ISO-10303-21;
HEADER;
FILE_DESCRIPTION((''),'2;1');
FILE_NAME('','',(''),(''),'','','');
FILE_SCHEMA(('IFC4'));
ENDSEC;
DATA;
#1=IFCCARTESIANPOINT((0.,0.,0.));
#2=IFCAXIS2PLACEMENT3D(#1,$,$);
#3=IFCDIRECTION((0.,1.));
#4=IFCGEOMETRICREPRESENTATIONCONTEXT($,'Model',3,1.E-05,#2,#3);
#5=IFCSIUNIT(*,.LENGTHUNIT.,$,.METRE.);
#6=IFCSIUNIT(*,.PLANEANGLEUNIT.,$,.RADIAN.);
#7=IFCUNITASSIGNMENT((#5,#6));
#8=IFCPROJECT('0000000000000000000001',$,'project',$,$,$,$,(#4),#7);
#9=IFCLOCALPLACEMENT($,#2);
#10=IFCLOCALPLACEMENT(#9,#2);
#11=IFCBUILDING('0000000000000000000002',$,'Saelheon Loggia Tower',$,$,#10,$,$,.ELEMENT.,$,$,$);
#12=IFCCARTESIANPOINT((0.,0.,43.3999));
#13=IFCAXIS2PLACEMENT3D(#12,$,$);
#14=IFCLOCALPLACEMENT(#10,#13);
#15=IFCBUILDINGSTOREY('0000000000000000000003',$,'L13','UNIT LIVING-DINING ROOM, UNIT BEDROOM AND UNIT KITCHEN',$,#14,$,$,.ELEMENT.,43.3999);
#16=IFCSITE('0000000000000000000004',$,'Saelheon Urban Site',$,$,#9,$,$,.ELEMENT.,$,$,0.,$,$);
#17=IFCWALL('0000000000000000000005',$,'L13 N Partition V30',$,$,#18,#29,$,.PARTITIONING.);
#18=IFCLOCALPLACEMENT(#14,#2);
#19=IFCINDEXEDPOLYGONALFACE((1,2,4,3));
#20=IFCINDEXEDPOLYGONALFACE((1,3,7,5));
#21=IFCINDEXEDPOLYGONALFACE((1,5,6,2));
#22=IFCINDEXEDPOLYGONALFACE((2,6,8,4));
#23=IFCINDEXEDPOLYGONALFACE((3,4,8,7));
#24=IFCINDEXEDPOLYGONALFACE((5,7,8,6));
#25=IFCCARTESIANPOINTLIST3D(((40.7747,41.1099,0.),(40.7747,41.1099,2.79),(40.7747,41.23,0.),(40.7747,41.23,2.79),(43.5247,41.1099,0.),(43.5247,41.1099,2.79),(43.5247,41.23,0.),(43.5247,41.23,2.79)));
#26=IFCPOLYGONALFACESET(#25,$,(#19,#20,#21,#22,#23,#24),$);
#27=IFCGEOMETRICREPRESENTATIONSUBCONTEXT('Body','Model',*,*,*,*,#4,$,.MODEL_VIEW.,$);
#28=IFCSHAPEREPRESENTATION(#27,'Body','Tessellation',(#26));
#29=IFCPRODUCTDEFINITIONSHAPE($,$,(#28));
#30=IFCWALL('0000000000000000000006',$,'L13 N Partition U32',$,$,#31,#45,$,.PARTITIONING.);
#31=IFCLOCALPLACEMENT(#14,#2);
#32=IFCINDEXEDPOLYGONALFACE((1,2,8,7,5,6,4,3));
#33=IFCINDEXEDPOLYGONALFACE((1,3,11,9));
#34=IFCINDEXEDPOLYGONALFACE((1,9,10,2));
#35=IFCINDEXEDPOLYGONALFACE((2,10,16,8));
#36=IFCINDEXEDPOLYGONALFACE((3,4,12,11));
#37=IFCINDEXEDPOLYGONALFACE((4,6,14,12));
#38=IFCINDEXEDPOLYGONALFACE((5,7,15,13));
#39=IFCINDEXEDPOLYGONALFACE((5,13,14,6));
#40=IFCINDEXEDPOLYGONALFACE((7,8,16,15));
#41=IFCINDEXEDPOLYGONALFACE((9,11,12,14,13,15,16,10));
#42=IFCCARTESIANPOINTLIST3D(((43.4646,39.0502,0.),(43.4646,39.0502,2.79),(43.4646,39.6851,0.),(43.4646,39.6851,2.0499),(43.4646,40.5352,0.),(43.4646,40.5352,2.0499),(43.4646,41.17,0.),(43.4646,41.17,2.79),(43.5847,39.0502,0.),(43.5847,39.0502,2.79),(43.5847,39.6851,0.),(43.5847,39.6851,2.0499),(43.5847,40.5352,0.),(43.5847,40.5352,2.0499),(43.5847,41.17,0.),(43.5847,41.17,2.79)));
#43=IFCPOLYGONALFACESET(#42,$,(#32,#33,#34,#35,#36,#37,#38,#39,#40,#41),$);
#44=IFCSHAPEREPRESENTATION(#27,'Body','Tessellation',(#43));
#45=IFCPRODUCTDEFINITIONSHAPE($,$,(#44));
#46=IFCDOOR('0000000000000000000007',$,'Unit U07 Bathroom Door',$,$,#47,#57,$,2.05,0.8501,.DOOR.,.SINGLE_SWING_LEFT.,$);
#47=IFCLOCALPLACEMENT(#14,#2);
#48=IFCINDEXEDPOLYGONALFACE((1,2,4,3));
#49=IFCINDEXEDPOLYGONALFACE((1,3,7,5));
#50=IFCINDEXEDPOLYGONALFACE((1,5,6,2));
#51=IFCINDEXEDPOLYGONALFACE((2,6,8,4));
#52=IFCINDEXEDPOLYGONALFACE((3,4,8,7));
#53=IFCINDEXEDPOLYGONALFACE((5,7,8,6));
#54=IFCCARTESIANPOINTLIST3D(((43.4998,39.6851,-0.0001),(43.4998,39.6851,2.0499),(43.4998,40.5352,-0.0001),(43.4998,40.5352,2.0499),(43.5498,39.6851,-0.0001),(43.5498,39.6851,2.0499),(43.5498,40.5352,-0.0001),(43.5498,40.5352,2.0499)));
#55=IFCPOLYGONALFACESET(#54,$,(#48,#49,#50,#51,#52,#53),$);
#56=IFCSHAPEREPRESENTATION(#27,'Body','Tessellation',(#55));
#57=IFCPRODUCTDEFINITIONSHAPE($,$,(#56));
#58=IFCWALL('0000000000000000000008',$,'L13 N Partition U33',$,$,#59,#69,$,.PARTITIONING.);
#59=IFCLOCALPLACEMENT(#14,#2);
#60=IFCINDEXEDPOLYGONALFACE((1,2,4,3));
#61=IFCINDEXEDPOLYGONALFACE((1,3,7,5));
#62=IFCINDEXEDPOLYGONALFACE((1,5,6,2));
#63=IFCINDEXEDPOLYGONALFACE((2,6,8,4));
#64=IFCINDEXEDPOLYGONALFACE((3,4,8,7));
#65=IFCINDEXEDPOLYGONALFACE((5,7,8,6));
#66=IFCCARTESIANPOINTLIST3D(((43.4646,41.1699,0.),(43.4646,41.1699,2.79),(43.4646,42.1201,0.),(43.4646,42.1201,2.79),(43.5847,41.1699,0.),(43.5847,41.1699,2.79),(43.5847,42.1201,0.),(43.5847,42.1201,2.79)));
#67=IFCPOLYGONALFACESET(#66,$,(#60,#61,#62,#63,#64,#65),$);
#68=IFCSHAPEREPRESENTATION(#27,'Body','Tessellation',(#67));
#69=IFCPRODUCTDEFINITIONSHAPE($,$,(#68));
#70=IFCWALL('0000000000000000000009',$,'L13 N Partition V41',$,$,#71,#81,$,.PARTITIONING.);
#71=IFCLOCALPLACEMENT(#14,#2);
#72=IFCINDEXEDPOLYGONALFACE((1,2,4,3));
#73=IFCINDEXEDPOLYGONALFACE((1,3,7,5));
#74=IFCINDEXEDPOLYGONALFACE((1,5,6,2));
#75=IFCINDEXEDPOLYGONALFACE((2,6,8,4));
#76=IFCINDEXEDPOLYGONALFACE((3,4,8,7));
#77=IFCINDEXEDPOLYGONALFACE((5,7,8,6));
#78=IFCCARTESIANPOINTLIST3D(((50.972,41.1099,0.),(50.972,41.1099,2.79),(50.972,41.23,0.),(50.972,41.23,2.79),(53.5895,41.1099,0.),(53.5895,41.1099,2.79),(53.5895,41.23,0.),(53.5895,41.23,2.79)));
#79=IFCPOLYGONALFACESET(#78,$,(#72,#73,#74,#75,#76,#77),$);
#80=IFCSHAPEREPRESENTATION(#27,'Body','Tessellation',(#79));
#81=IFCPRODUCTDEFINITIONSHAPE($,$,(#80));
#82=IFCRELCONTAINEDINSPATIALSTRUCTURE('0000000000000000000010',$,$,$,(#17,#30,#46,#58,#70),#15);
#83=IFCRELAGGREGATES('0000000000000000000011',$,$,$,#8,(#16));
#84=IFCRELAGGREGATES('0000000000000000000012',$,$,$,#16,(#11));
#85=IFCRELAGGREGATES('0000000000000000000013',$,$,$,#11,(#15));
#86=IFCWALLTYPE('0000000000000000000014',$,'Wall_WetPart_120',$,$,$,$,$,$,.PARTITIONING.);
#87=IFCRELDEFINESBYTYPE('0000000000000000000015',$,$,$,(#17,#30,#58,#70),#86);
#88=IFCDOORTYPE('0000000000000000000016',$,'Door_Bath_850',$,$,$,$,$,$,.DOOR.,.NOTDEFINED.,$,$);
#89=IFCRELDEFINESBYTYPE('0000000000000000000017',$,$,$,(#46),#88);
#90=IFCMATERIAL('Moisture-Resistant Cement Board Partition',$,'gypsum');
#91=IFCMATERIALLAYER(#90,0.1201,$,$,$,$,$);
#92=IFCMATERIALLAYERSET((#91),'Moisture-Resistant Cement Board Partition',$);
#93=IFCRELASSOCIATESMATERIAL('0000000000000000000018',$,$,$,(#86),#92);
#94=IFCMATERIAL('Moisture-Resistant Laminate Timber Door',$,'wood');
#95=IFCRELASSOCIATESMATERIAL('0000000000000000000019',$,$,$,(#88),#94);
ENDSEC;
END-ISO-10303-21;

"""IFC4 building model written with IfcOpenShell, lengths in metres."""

from ifc_helpers import new_model, si_unit, direction, frame, frame_2d, origin, place, context, subcontext, project, spatial, rectangle, extrude, source, transform, mapped, material, layer, layer_set, type_object, element, fill, save


model = new_model("IFC4")

# Units and contexts
model_context = context("Model", 3, precision=1e-05, world=origin(), true_north=direction((0.0, 1.0)))
body_context = subcontext(model_context, "Body", "Model", "MODEL_VIEW")
ifc_project = project(units=[si_unit("LENGTHUNIT", "METRE"), si_unit("PLANEANGLEUNIT", "RADIAN")], contexts=[model_context])

# Site, building, storey
site_placement = place(None, origin())
site = spatial("IfcSite", under=ifc_project, at=site_placement, Name="Saelheon Urban Site", CompositionType="ELEMENT", RefElevation=0.0)
building_placement = place(site_placement, origin())
building = spatial("IfcBuilding", under=site, at=building_placement, Name="Saelheon Loggia Tower", CompositionType="ELEMENT")
storey_placement = place(building_placement, frame((0.0, 0.0, 43.3999)))
storey = spatial("IfcBuildingStorey", under=building, at=storey_placement, Name="L13", Description="UNIT LIVING-DINING ROOM, UNIT BEDROOM AND UNIT KITCHEN", CompositionType="ELEMENT", Elevation=43.3999)

# Wall
ifc_material_1 = material(Name="Moisture-Resistant Cement Board Partition", Category="gypsum")
ifc_layer_1 = layer(ifc_material_1, 0.1201)
ifc_layer_set_1 = layer_set([ifc_layer_1], Name="Moisture-Resistant Cement Board Partition")
wall_type_1 = type_object("IfcWallType", Name="Wall_WetPart_120", PredefinedType="PARTITIONING", material=ifc_layer_set_1)
wall_1_placement = place(storey_placement, frame((40.7747, 41.1699, 0.0), z_axis=(0.0, 0.0, 1.0), x_axis=(1.0, 0.0, 0.0)))
element("IfcWall", 1, at=wall_1_placement, inside=storey, type_object=wall_type_1, Name="L13 N Partition V30", PredefinedType="PARTITIONING", context=body_context, shape_type="SweptSolid", body=[
    extrude(rectangle(XDim=2.75, YDim=0.1201, at=frame_2d((1.375, 0.0))), origin(), (0.0, 0.0, 1.0), 2.79),
])

# Wall, opening, door
wall_2_placement = place(storey_placement, frame((43.5247, 39.05, 0.0), z_axis=(0.0, 0.0, 1.0), x_axis=(0.0, 1.0, 0.0)))
wall_2 = element("IfcWall", 2, at=wall_2_placement, inside=storey, type_object=wall_type_1, Name="L13 N Partition U32", PredefinedType="PARTITIONING", context=body_context, shape_type="SweptSolid", body=[
    extrude(rectangle(XDim=2.1199, YDim=0.1201, at=frame_2d((1.0601, 0.0))), origin(), (0.0, 0.0, 1.0), 2.79),
])
opening_1_placement = place(wall_2_placement, frame((0.635, 0.0, 0.0)))
opening_1 = element("IfcOpeningElement", 3, at=opening_1_placement, cuts=wall_2, PredefinedType="OPENING", context=body_context, shape_type="SweptSolid", body=[
    extrude(rectangle(XDim=0.8501, YDim=2.05, at=frame_2d((0.425, 1.0249))), frame((0.0, 0.072, 0.0), z_axis=(0.0, -1.0, 0.0), x_axis=(1.0, 0.0, 0.0)), (0.0, 0.0, 1.0), 0.144),
])
ifc_material_2 = material(Name="Moisture-Resistant Laminate Timber Door", Category="wood")
door_type_1 = type_object("IfcDoorType", Name="Door_Bath_850", OperationType="NOTDEFINED", PredefinedType="DOOR", material=ifc_material_2)
shared_shape_1 = source(origin(), body_context, "Body", "SweptSolid", [
    extrude(rectangle(XDim=0.8501, YDim=2.05, at=frame_2d((0.425, 1.0249))), frame((0.0, 0.0249, 0.0), z_axis=(0.0, -1.0, 0.0), x_axis=(1.0, 0.0, 0.0)), (0.0, 0.0, 1.0), 0.05),
])
door_1_placement = place(opening_1_placement, origin())
door_1 = element("IfcDoor", 4, at=door_1_placement, inside=storey, type_object=door_type_1, Name="Unit U07 Bathroom Door", OperationType="SINGLE_SWING_LEFT", OverallHeight=2.05, OverallWidth=0.8501, PredefinedType="DOOR", context=body_context, shape_type="MappedRepresentation", body=[
    mapped(shared_shape_1, transform((0.0, 0.0, 0.0), scale=1.0)),
])
fill(opening_1, door_1)

# Walls
wall_3_placement = place(storey_placement, frame((43.5247, 41.1699, 0.0), z_axis=(0.0, 0.0, 1.0), x_axis=(0.0, 1.0, 0.0)))
element("IfcWall", 5, at=wall_3_placement, inside=storey, type_object=wall_type_1, Name="L13 N Partition U33", PredefinedType="PARTITIONING", context=body_context, shape_type="SweptSolid", body=[
    extrude(rectangle(XDim=0.9502, YDim=0.1201, at=frame_2d((0.4751, 0.0))), origin(), (0.0, 0.0, 1.0), 2.79),
])
wall_4_placement = place(storey_placement, frame((50.9722, 41.1699, 0.0), z_axis=(0.0, 0.0, 1.0), x_axis=(1.0, 0.0, 0.0)))
element("IfcWall", 6, at=wall_4_placement, inside=storey, type_object=wall_type_1, Name="L13 N Partition V41", PredefinedType="PARTITIONING", context=body_context, shape_type="SweptSolid", body=[
    extrude(rectangle(XDim=2.6174, YDim=0.1201, at=frame_2d((1.3086, 0.0))), origin(), (0.0, 0.0, 1.0), 2.79),
])

save(model, "model.ifc")
